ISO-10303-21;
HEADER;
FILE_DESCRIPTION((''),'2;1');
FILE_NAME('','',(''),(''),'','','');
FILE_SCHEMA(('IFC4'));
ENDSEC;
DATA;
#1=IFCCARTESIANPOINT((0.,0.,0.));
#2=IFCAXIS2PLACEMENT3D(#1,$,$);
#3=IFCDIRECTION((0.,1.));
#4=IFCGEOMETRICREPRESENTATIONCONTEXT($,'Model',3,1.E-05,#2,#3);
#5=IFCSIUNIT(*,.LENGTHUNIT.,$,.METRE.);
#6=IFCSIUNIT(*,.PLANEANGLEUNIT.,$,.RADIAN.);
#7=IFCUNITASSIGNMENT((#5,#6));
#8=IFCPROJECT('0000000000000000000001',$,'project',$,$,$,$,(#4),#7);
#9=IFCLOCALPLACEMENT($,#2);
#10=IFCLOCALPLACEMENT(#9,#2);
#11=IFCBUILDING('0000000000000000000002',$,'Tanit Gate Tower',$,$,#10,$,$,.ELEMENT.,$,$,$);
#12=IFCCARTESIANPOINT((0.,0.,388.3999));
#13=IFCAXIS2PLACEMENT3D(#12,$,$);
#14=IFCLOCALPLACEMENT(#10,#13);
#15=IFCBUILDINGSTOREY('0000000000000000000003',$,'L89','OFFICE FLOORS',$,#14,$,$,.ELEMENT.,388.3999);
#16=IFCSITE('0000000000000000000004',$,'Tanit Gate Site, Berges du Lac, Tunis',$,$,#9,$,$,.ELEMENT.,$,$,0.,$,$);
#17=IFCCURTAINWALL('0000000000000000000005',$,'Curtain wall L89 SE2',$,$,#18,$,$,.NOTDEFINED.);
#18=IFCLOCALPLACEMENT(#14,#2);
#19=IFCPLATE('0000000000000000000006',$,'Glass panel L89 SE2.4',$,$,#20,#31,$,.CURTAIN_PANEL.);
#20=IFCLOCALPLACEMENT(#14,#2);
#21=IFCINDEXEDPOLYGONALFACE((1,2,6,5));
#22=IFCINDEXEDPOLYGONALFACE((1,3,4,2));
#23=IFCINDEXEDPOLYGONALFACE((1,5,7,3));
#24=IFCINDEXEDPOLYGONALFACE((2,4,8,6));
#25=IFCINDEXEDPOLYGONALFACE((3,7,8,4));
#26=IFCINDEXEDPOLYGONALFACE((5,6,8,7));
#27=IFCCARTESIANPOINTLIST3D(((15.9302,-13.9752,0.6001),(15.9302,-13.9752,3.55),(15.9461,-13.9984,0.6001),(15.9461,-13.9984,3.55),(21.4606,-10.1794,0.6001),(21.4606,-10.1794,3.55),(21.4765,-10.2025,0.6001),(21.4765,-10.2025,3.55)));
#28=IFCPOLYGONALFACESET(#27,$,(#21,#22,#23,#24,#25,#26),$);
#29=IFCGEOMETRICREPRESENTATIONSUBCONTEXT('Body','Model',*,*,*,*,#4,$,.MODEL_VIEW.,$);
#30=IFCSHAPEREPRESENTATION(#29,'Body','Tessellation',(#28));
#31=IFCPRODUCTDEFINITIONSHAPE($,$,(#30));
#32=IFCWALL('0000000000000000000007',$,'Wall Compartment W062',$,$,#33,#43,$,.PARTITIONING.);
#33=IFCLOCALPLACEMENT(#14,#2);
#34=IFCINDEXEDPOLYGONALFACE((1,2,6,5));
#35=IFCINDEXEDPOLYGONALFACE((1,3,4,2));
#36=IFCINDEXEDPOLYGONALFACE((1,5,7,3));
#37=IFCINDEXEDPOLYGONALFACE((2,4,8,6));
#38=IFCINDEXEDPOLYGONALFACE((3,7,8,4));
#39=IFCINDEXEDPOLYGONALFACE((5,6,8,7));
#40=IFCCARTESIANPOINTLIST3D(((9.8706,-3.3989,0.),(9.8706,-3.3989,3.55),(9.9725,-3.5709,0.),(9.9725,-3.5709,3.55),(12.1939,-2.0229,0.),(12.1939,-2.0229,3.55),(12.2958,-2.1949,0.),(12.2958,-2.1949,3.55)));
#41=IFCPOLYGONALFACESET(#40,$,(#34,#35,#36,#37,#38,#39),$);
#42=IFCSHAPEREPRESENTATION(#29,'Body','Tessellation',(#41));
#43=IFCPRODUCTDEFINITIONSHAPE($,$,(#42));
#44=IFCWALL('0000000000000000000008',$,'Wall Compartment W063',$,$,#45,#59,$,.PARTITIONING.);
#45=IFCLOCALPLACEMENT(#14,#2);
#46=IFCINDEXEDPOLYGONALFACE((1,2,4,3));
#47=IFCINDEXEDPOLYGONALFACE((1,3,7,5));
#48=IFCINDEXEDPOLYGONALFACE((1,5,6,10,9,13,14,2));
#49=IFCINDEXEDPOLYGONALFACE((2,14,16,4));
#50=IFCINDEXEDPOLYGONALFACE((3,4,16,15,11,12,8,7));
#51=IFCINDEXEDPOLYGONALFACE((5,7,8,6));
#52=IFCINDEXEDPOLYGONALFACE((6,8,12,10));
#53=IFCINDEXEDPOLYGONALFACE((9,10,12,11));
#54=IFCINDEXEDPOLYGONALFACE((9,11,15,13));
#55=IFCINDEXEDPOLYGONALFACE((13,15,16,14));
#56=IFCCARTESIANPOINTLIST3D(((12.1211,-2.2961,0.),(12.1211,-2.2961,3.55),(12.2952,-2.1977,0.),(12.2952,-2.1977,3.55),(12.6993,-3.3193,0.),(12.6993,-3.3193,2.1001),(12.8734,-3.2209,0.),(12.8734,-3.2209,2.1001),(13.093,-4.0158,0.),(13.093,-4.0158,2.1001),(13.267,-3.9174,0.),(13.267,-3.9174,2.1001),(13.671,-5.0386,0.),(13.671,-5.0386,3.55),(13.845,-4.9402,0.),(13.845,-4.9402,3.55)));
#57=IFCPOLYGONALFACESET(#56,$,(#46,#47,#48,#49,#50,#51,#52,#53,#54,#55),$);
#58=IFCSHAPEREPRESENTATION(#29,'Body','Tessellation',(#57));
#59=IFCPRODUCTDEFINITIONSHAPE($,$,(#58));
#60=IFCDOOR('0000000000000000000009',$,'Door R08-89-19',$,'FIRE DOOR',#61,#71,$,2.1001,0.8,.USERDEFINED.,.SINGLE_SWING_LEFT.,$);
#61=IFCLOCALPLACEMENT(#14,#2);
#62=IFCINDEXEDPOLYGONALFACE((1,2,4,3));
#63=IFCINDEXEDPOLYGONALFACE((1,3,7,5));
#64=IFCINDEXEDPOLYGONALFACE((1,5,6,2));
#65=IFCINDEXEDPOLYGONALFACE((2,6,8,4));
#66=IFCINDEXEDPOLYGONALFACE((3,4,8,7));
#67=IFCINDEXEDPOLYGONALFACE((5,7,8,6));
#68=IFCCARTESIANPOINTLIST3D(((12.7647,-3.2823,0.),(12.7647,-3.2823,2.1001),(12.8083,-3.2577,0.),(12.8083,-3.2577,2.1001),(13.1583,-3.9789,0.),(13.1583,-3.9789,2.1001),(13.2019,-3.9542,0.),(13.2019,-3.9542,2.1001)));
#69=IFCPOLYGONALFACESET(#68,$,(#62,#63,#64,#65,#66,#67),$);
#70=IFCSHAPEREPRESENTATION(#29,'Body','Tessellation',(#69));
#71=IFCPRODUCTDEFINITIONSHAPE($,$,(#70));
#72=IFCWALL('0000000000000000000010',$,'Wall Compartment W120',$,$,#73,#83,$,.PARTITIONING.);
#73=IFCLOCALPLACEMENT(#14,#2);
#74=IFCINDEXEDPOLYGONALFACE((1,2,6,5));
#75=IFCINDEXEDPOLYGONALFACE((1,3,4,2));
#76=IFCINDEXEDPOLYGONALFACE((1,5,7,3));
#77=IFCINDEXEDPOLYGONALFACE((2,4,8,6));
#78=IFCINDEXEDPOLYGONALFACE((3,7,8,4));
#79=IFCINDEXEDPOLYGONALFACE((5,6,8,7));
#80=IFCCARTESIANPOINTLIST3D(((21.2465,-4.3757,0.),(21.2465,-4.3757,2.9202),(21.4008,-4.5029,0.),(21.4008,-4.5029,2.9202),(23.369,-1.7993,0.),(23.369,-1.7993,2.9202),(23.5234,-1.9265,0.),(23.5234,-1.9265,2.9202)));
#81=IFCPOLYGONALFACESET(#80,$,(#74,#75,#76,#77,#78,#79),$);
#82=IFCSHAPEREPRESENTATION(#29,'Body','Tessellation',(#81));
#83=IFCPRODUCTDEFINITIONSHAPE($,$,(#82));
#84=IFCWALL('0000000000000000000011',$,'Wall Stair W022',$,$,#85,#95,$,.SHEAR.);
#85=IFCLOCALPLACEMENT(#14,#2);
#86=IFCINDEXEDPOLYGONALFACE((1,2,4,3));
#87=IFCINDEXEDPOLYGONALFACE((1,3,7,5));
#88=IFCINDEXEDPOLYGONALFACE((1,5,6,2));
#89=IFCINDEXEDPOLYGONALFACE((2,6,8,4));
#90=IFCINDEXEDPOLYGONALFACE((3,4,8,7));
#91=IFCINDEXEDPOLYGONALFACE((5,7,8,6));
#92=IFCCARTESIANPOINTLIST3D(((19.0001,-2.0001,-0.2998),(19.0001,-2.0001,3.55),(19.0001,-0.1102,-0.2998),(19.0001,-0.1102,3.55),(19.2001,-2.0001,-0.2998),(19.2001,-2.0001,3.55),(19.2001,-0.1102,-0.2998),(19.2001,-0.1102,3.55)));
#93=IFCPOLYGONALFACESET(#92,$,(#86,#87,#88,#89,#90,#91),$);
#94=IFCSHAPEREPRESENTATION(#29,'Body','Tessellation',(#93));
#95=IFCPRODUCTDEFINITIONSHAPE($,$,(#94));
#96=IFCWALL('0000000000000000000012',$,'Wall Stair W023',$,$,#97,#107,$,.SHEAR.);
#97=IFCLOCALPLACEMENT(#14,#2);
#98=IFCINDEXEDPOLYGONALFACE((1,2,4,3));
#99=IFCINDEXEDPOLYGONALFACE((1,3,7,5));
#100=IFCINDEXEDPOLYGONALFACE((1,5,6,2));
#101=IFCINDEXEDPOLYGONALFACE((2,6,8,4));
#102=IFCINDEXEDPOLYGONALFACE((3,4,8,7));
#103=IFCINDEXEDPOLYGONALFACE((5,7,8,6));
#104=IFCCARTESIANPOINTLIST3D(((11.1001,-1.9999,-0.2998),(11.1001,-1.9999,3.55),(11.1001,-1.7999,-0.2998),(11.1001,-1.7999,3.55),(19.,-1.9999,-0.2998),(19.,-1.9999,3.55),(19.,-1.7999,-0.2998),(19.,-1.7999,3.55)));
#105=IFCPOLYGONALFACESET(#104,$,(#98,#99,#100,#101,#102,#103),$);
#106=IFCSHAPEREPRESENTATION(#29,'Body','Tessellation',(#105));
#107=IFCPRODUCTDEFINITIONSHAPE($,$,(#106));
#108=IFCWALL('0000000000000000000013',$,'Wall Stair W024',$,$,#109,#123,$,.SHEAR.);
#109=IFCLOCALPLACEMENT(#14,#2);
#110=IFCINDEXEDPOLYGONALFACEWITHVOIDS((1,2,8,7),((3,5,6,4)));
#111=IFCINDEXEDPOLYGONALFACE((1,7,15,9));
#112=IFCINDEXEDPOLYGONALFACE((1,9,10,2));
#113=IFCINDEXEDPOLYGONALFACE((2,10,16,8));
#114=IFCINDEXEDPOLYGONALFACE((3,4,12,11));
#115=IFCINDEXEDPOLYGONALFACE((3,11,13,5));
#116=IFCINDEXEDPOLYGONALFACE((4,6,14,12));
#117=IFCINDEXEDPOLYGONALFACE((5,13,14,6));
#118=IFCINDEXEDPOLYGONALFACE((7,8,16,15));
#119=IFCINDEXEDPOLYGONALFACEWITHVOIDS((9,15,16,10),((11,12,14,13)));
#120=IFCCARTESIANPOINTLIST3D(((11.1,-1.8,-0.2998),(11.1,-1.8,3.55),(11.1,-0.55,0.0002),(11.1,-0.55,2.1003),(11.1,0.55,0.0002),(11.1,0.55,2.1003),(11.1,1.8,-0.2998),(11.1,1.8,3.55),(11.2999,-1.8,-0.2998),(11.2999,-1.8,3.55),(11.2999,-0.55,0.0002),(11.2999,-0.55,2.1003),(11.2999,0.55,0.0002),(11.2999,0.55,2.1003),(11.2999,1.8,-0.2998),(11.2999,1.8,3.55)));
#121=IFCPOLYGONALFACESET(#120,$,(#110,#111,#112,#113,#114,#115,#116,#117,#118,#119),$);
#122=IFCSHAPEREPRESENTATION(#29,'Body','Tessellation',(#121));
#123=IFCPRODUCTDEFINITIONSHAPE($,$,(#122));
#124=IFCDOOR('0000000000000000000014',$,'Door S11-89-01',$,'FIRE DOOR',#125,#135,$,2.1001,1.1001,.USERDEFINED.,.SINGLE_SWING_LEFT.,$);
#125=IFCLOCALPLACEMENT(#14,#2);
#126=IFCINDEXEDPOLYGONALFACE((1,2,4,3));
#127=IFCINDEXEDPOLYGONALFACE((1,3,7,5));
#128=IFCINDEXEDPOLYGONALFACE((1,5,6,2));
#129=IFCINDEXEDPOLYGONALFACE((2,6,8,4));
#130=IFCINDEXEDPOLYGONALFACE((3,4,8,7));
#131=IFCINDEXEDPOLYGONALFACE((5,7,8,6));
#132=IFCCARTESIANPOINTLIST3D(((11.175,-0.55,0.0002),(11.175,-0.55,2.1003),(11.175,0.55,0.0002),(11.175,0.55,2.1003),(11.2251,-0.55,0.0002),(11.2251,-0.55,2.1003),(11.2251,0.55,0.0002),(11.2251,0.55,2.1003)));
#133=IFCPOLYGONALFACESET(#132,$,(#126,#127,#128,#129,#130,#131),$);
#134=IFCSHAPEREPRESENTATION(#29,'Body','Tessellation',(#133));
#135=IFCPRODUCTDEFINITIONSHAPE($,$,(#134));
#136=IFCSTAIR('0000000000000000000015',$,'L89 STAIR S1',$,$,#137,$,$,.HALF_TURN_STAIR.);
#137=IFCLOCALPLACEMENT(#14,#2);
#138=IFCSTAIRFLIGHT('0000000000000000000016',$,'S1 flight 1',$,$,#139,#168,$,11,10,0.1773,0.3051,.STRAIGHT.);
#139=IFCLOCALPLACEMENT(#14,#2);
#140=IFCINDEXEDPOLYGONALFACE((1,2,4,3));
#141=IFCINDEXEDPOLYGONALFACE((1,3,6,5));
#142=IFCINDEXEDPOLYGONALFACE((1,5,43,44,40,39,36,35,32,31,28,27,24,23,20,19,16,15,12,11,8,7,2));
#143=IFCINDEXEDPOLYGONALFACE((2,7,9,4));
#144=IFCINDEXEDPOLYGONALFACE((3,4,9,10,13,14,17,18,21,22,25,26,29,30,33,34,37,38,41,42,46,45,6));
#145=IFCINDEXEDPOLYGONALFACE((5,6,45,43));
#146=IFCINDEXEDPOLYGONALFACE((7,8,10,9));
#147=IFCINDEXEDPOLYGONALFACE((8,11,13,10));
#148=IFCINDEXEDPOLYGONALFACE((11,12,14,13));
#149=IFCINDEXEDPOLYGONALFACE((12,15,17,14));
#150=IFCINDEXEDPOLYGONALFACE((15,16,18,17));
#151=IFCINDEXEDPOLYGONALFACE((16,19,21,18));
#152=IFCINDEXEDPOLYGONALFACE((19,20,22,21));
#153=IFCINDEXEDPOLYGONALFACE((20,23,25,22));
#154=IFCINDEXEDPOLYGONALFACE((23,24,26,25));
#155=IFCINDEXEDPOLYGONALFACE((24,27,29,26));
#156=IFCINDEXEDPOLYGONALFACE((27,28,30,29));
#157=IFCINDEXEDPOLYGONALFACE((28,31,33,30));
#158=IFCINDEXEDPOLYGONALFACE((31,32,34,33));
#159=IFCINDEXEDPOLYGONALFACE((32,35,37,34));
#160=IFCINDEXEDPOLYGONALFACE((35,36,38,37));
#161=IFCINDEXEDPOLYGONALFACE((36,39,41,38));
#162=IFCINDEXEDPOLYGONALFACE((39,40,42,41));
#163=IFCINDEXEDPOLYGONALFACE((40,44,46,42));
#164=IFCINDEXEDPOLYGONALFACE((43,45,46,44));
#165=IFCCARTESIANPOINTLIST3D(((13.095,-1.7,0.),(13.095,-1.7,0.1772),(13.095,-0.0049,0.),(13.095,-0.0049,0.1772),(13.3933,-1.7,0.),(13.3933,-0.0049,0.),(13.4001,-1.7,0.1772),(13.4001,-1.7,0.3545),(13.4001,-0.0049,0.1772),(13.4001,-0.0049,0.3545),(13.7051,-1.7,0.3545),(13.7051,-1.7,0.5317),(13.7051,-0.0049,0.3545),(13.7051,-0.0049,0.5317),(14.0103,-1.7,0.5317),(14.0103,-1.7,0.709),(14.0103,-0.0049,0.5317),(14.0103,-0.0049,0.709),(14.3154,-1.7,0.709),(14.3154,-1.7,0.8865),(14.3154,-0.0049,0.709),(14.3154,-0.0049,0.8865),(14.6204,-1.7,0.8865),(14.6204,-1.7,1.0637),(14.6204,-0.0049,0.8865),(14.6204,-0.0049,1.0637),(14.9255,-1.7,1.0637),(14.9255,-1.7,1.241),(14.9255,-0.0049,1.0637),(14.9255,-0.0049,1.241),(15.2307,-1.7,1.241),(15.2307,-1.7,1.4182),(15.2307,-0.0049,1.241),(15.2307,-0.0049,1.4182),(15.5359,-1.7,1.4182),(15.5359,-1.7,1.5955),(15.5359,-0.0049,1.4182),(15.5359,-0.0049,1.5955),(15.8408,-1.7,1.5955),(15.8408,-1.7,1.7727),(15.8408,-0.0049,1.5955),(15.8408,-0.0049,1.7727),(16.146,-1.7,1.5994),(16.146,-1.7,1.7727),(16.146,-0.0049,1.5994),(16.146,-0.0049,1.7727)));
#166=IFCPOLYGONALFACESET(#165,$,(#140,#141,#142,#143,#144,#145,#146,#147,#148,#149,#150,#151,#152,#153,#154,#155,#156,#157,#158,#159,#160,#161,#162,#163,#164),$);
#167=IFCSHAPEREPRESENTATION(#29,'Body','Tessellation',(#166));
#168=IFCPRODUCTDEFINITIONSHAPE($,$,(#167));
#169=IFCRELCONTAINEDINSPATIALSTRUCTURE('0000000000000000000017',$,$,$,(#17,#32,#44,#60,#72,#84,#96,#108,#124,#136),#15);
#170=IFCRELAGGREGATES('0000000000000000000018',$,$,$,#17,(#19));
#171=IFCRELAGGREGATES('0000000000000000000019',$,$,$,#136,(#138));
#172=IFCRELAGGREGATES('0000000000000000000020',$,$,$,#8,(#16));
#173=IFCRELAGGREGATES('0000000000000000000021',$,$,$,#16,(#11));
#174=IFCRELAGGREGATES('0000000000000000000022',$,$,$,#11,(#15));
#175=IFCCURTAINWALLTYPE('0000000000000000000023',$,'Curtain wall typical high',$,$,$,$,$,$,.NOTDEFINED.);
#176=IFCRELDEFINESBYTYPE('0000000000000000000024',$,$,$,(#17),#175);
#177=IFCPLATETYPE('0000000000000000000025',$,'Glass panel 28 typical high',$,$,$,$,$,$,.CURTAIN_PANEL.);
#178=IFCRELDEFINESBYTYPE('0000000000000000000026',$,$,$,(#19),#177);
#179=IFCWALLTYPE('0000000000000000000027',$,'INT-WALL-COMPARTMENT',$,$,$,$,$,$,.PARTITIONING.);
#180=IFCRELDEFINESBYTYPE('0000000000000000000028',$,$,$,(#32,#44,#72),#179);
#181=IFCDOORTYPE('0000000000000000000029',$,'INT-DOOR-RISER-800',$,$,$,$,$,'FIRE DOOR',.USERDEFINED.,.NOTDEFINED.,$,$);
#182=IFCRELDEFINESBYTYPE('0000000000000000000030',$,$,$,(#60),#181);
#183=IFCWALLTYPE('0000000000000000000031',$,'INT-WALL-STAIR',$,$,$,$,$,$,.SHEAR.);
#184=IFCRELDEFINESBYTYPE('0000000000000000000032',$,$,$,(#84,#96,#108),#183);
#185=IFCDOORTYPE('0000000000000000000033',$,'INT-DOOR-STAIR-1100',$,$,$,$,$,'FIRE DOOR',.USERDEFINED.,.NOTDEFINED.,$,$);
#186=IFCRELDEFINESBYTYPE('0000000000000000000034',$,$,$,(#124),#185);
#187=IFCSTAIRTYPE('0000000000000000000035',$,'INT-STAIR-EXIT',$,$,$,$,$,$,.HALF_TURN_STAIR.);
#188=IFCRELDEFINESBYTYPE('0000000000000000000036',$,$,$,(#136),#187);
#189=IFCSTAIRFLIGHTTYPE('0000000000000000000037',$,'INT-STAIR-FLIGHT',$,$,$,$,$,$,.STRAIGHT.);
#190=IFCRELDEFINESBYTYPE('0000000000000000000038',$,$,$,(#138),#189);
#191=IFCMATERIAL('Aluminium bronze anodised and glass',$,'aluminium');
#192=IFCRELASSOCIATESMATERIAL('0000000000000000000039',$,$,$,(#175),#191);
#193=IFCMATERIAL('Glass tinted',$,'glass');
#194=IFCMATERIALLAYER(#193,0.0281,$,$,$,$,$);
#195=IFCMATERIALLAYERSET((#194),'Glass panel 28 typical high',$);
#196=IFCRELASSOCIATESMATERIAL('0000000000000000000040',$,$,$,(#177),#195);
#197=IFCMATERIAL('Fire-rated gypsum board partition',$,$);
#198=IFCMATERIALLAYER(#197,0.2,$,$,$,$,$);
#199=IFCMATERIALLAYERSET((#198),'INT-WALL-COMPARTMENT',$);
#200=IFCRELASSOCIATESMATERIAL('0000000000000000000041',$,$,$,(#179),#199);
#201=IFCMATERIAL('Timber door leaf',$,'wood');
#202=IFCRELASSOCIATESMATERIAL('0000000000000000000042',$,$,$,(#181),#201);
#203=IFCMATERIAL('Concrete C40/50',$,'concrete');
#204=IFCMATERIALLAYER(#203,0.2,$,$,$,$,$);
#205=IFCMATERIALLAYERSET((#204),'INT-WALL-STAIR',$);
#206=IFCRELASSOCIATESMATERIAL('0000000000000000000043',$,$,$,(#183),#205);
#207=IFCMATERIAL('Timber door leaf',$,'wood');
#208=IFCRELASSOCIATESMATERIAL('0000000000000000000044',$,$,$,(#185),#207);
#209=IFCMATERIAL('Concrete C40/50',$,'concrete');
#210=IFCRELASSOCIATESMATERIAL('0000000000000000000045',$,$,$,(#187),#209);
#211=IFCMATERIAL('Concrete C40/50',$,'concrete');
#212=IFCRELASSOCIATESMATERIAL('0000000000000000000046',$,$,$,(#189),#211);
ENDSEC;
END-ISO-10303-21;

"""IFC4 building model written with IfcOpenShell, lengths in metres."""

from ifc_helpers import new_model, si_unit, direction, frame, frame_2d, origin, origin_2d, place, context, subcontext, project, spatial, polyline, rectangle, outline, extrude, material, layer, layer_set, type_object, element, fill, aggregate, save


model = new_model("IFC4")

# Units and contexts
model_context = context("Model", 3, precision=1e-05, world=origin(), true_north=direction((0.0, 1.0)))
body_context = subcontext(model_context, "Body", "Model", "MODEL_VIEW")
ifc_project = project(units=[si_unit("LENGTHUNIT", "METRE"), si_unit("PLANEANGLEUNIT", "RADIAN")], contexts=[model_context])

# Site, building, storey
site_placement = place(None, origin())
site = spatial("IfcSite", under=ifc_project, at=site_placement, Name="Tanit Gate Site, Berges du Lac, Tunis", CompositionType="ELEMENT", RefElevation=0.0)
building_placement = place(site_placement, origin())
building = spatial("IfcBuilding", under=site, at=building_placement, Name="Tanit Gate Tower", CompositionType="ELEMENT")
storey_placement = place(building_placement, frame((0.0, 0.0, 388.3999)))
storey = spatial("IfcBuildingStorey", under=building, at=storey_placement, Name="L89", Description="OFFICE FLOORS", CompositionType="ELEMENT", Elevation=388.3999)

# Curtain wall
ifc_material_1 = material(Name="Aluminium bronze anodised and glass", Category="aluminium")
curtain_wall_type = type_object("IfcCurtainWallType", Name="Curtain wall typical high", PredefinedType="NOTDEFINED", material=ifc_material_1)
curtain_wall_placement = place(storey_placement, origin())
curtain_wall = element("IfcCurtainWall", 1, at=curtain_wall_placement, inside=storey, type_object=curtain_wall_type, Name="Curtain wall L89 SE2", PredefinedType="NOTDEFINED")

# Plate
ifc_material_2 = material(Name="Glass tinted", Category="glass")
ifc_layer_1 = layer(ifc_material_2, 0.0281)
ifc_layer_set_1 = layer_set([ifc_layer_1], Name="Glass panel 28 typical high")
plate_type = type_object("IfcPlateType", Name="Glass panel 28 typical high", PredefinedType="CURTAIN_PANEL", material=ifc_layer_set_1)
plate_1_placement = place(storey_placement, frame((18.7034, -12.0889, 0.6001), z_axis=(0.0, 0.0, 1.0), x_axis=(0.824479, 0.565893, 0.0)))
plate_1 = element("IfcPlate", 2, at=plate_1_placement, type_object=plate_type, Name="Glass panel L89 SE2.4", PredefinedType="CURTAIN_PANEL", context=body_context, shape_type="SweptSolid", body=[
    extrude(rectangle(XDim=6.7078, YDim=0.0281, at=origin_2d()), origin(), (0.0, 0.0, 1.0), 2.95),
])
aggregate(curtain_wall, [plate_1])

# Wall
ifc_material_3 = material(Name="Fire-rated gypsum board partition")
ifc_layer_2 = layer(ifc_material_3, 0.2)
ifc_layer_set_2 = layer_set([ifc_layer_2], Name="INT-WALL-COMPARTMENT")
wall_type_1 = type_object("IfcWallType", Name="INT-WALL-COMPARTMENT", PredefinedType="PARTITIONING", material=ifc_layer_set_2)
wall_1_placement = place(storey_placement, frame((12.2449, -2.1089, 0.0), z_axis=(0.0, 0.0, 1.0), x_axis=(-0.860415, -0.509594, 0.0)))
element("IfcWall", 3, at=wall_1_placement, inside=storey, type_object=wall_type_1, Name="Wall Compartment W062", PredefinedType="PARTITIONING", context=body_context, shape_type="SweptSolid", body=[
    extrude(rectangle(XDim=2.7002, YDim=0.2, at=frame_2d((1.3501, 0.0))), origin(), (0.0, 0.0, 1.0), 3.55),
])

# Wall, opening, door
wall_2_placement = place(storey_placement, frame((13.7581, -4.9895, 0.0), z_axis=(0.0, 0.0, 1.0), x_axis=(-0.491993, 0.870599, 0.0)))
wall_2 = element("IfcWall", 4, at=wall_2_placement, inside=storey, type_object=wall_type_1, Name="Wall Compartment W063", PredefinedType="PARTITIONING", context=body_context, shape_type="SweptSolid", body=[
    extrude(rectangle(XDim=3.1501, YDim=0.2, at=frame_2d((1.5752, 0.0))), origin(), (0.0, 0.0, 1.0), 3.55),
])
opening_1_placement = place(wall_2_placement, frame((1.175, 0.0, 0.0)))
opening_1 = element("IfcOpeningElement", 5, at=opening_1_placement, cuts=wall_2, PredefinedType="OPENING", context=body_context, shape_type="SweptSolid", body=[
    extrude(rectangle(XDim=0.8, YDim=2.1001, at=frame_2d((0.3999, 1.05))), frame((0.0, 0.1099, 0.0), z_axis=(0.0, -1.0, 0.0), x_axis=(1.0, 0.0, 0.0)), (0.0, 0.0, 1.0), 0.22),
])
ifc_material_4 = material(Name="Timber door leaf", Category="wood")
door_type_1 = type_object("IfcDoorType", Name="INT-DOOR-RISER-800", ElementType="FIRE DOOR", OperationType="NOTDEFINED", PredefinedType="USERDEFINED", material=ifc_material_4)
door_1_placement = place(opening_1_placement, origin())
door_1 = element("IfcDoor", 6, at=door_1_placement, inside=storey, type_object=door_type_1, Name="Door R08-89-19", ObjectType="FIRE DOOR", OperationType="SINGLE_SWING_LEFT", OverallHeight=2.1001, OverallWidth=0.8, PredefinedType="USERDEFINED", context=body_context, shape_type="SweptSolid", body=[
    extrude(rectangle(XDim=0.8, YDim=2.1001, at=frame_2d((0.3999, 1.05))), frame((0.0, 0.0249, 0.0), z_axis=(0.0, -1.0, 0.0), x_axis=(1.0, 0.0, 0.0)), (0.0, 0.0, 1.0), 0.05),
])
fill(opening_1, door_1)

# Walls
wall_3_placement = place(storey_placement, frame((21.3237, -4.4392, 0.0), z_axis=(0.0, 0.0, 1.0), x_axis=(0.635851, 0.771812, 0.0)))
element("IfcWall", 7, at=wall_3_placement, inside=storey, type_object=wall_type_1, Name="Wall Compartment W120", PredefinedType="PARTITIONING", context=body_context, shape_type="SweptSolid", body=[
    extrude(rectangle(XDim=3.3381, YDim=0.2, at=frame_2d((1.6689, 0.0))), origin(), (0.0, 0.0, 1.0), 2.9202),
])
ifc_material_5 = material(Name="Concrete C40/50", Category="concrete")
ifc_layer_3 = layer(ifc_material_5, 0.2)
ifc_layer_set_3 = layer_set([ifc_layer_3], Name="INT-WALL-STAIR")
wall_type_2 = type_object("IfcWallType", Name="INT-WALL-STAIR", PredefinedType="SHEAR", material=ifc_layer_set_3)
wall_4_placement = place(storey_placement, frame((19.1001, -2.0, -0.2998), z_axis=(0.0, 0.0, 1.0), x_axis=(0.0, 1.0, 0.0)))
element("IfcWall", 8, at=wall_4_placement, inside=storey, type_object=wall_type_2, Name="Wall Stair W022", PredefinedType="SHEAR", context=body_context, shape_type="SweptSolid", body=[
    extrude(rectangle(XDim=1.8899, YDim=0.2, at=frame_2d((0.9448, 0.0))), origin(), (0.0, 0.0, 1.0), 3.8499),
])
wall_5_placement = place(storey_placement, frame((11.1001, -1.8999, -0.2998), z_axis=(0.0, 0.0, 1.0), x_axis=(1.0, 0.0, 0.0)))
element("IfcWall", 9, at=wall_5_placement, inside=storey, type_object=wall_type_2, Name="Wall Stair W023", PredefinedType="SHEAR", context=body_context, shape_type="SweptSolid", body=[
    extrude(rectangle(XDim=7.8999, YDim=0.2, at=frame_2d((3.95, 0.0))), origin(), (0.0, 0.0, 1.0), 3.8499),
])

# Wall, opening, door
wall_6_placement = place(storey_placement, frame((11.2, -1.8, -0.2998), z_axis=(0.0, 0.0, 1.0), x_axis=(0.0, 1.0, 0.0)))
wall_6 = element("IfcWall", 10, at=wall_6_placement, inside=storey, type_object=wall_type_2, Name="Wall Stair W024", PredefinedType="SHEAR", context=body_context, shape_type="SweptSolid", body=[
    extrude(rectangle(XDim=3.6001, YDim=0.2, at=frame_2d((1.8, 0.0))), origin(), (0.0, 0.0, 1.0), 3.8499),
])
opening_2_placement = place(wall_6_placement, frame((1.25, 0.0, 0.3)))
opening_2 = element("IfcOpeningElement", 11, at=opening_2_placement, cuts=wall_6, PredefinedType="OPENING", context=body_context, shape_type="SweptSolid", body=[
    extrude(rectangle(XDim=1.1001, YDim=2.1001, at=frame_2d((0.55, 1.05))), frame((0.0, 0.1099, 0.0), z_axis=(0.0, -1.0, 0.0), x_axis=(1.0, 0.0, 0.0)), (0.0, 0.0, 1.0), 0.22),
])
ifc_material_6 = material(Name="Timber door leaf", Category="wood")
door_type_2 = type_object("IfcDoorType", Name="INT-DOOR-STAIR-1100", ElementType="FIRE DOOR", OperationType="NOTDEFINED", PredefinedType="USERDEFINED", material=ifc_material_6)
door_2_placement = place(opening_2_placement, origin())
door_2 = element("IfcDoor", 12, at=door_2_placement, inside=storey, type_object=door_type_2, Name="Door S11-89-01", ObjectType="FIRE DOOR", OperationType="SINGLE_SWING_LEFT", OverallHeight=2.1001, OverallWidth=1.1001, PredefinedType="USERDEFINED", context=body_context, shape_type="SweptSolid", body=[
    extrude(rectangle(XDim=1.1001, YDim=2.1001, at=frame_2d((0.55, 1.05))), frame((0.0, 0.0249, 0.0), z_axis=(0.0, -1.0, 0.0), x_axis=(1.0, 0.0, 0.0)), (0.0, 0.0, 1.0), 0.05),
])
fill(opening_2, door_2)

# Stair, stair flight
ifc_material_7 = material(Name="Concrete C40/50", Category="concrete")
stair_type = type_object("IfcStairType", Name="INT-STAIR-EXIT", PredefinedType="HALF_TURN_STAIR", material=ifc_material_7)
stair_placement = place(storey_placement, origin())
stair = element("IfcStair", 13, at=stair_placement, inside=storey, type_object=stair_type, Name="L89 STAIR S1", PredefinedType="HALF_TURN_STAIR")
ifc_material_8 = material(Name="Concrete C40/50", Category="concrete")
stair_flight_type = type_object("IfcStairFlightType", Name="INT-STAIR-FLIGHT", PredefinedType="STRAIGHT", material=ifc_material_8)
stair_flight_placement = place(storey_placement, frame((13.095, -0.8525, 0.0), z_axis=(0.0, 0.0, 1.0), x_axis=(1.0, 0.0, 0.0)))
stair_flight = element("IfcStairFlight", 14, at=stair_flight_placement, type_object=stair_flight_type, Name="S1 flight 1", NumberOfRisers=11, NumberOfTreads=10, PredefinedType="STRAIGHT", RiserHeight=0.1773, TreadLength=0.3051, context=body_context, shape_type="SweptSolid", body=[
    extrude(outline(polyline([(0.0, 0.0), (0.0, 0.1772), (0.3052, 0.1772), (0.3052, 0.3545), (0.6101, 0.3545), (0.6101, 0.5317), (0.9153, 0.5317), (0.9153, 0.709), (1.2205, 0.709), (1.2205, 0.8865), (1.5254, 0.8865), (1.5254, 1.0637), (1.8306, 1.0637), (1.8306, 1.241), (2.1357, 1.241), (2.1357, 1.4182), (2.4409, 1.4182), (2.4409, 1.5955), (2.7458, 1.5955), (2.7458, 1.7727), (3.051, 1.7727), (3.051, 1.95), (3.051, 1.5994), (0.2983, 0.0), (0.0, 0.0)])), frame((0.0, 0.8477, 0.0), z_axis=(0.0, -1.0, 0.0), x_axis=(1.0, 0.0, 0.0)), (0.0, 0.0, 1.0), 1.6951),
])
aggregate(stair, [stair_flight])

save(model, "model.ifc")
